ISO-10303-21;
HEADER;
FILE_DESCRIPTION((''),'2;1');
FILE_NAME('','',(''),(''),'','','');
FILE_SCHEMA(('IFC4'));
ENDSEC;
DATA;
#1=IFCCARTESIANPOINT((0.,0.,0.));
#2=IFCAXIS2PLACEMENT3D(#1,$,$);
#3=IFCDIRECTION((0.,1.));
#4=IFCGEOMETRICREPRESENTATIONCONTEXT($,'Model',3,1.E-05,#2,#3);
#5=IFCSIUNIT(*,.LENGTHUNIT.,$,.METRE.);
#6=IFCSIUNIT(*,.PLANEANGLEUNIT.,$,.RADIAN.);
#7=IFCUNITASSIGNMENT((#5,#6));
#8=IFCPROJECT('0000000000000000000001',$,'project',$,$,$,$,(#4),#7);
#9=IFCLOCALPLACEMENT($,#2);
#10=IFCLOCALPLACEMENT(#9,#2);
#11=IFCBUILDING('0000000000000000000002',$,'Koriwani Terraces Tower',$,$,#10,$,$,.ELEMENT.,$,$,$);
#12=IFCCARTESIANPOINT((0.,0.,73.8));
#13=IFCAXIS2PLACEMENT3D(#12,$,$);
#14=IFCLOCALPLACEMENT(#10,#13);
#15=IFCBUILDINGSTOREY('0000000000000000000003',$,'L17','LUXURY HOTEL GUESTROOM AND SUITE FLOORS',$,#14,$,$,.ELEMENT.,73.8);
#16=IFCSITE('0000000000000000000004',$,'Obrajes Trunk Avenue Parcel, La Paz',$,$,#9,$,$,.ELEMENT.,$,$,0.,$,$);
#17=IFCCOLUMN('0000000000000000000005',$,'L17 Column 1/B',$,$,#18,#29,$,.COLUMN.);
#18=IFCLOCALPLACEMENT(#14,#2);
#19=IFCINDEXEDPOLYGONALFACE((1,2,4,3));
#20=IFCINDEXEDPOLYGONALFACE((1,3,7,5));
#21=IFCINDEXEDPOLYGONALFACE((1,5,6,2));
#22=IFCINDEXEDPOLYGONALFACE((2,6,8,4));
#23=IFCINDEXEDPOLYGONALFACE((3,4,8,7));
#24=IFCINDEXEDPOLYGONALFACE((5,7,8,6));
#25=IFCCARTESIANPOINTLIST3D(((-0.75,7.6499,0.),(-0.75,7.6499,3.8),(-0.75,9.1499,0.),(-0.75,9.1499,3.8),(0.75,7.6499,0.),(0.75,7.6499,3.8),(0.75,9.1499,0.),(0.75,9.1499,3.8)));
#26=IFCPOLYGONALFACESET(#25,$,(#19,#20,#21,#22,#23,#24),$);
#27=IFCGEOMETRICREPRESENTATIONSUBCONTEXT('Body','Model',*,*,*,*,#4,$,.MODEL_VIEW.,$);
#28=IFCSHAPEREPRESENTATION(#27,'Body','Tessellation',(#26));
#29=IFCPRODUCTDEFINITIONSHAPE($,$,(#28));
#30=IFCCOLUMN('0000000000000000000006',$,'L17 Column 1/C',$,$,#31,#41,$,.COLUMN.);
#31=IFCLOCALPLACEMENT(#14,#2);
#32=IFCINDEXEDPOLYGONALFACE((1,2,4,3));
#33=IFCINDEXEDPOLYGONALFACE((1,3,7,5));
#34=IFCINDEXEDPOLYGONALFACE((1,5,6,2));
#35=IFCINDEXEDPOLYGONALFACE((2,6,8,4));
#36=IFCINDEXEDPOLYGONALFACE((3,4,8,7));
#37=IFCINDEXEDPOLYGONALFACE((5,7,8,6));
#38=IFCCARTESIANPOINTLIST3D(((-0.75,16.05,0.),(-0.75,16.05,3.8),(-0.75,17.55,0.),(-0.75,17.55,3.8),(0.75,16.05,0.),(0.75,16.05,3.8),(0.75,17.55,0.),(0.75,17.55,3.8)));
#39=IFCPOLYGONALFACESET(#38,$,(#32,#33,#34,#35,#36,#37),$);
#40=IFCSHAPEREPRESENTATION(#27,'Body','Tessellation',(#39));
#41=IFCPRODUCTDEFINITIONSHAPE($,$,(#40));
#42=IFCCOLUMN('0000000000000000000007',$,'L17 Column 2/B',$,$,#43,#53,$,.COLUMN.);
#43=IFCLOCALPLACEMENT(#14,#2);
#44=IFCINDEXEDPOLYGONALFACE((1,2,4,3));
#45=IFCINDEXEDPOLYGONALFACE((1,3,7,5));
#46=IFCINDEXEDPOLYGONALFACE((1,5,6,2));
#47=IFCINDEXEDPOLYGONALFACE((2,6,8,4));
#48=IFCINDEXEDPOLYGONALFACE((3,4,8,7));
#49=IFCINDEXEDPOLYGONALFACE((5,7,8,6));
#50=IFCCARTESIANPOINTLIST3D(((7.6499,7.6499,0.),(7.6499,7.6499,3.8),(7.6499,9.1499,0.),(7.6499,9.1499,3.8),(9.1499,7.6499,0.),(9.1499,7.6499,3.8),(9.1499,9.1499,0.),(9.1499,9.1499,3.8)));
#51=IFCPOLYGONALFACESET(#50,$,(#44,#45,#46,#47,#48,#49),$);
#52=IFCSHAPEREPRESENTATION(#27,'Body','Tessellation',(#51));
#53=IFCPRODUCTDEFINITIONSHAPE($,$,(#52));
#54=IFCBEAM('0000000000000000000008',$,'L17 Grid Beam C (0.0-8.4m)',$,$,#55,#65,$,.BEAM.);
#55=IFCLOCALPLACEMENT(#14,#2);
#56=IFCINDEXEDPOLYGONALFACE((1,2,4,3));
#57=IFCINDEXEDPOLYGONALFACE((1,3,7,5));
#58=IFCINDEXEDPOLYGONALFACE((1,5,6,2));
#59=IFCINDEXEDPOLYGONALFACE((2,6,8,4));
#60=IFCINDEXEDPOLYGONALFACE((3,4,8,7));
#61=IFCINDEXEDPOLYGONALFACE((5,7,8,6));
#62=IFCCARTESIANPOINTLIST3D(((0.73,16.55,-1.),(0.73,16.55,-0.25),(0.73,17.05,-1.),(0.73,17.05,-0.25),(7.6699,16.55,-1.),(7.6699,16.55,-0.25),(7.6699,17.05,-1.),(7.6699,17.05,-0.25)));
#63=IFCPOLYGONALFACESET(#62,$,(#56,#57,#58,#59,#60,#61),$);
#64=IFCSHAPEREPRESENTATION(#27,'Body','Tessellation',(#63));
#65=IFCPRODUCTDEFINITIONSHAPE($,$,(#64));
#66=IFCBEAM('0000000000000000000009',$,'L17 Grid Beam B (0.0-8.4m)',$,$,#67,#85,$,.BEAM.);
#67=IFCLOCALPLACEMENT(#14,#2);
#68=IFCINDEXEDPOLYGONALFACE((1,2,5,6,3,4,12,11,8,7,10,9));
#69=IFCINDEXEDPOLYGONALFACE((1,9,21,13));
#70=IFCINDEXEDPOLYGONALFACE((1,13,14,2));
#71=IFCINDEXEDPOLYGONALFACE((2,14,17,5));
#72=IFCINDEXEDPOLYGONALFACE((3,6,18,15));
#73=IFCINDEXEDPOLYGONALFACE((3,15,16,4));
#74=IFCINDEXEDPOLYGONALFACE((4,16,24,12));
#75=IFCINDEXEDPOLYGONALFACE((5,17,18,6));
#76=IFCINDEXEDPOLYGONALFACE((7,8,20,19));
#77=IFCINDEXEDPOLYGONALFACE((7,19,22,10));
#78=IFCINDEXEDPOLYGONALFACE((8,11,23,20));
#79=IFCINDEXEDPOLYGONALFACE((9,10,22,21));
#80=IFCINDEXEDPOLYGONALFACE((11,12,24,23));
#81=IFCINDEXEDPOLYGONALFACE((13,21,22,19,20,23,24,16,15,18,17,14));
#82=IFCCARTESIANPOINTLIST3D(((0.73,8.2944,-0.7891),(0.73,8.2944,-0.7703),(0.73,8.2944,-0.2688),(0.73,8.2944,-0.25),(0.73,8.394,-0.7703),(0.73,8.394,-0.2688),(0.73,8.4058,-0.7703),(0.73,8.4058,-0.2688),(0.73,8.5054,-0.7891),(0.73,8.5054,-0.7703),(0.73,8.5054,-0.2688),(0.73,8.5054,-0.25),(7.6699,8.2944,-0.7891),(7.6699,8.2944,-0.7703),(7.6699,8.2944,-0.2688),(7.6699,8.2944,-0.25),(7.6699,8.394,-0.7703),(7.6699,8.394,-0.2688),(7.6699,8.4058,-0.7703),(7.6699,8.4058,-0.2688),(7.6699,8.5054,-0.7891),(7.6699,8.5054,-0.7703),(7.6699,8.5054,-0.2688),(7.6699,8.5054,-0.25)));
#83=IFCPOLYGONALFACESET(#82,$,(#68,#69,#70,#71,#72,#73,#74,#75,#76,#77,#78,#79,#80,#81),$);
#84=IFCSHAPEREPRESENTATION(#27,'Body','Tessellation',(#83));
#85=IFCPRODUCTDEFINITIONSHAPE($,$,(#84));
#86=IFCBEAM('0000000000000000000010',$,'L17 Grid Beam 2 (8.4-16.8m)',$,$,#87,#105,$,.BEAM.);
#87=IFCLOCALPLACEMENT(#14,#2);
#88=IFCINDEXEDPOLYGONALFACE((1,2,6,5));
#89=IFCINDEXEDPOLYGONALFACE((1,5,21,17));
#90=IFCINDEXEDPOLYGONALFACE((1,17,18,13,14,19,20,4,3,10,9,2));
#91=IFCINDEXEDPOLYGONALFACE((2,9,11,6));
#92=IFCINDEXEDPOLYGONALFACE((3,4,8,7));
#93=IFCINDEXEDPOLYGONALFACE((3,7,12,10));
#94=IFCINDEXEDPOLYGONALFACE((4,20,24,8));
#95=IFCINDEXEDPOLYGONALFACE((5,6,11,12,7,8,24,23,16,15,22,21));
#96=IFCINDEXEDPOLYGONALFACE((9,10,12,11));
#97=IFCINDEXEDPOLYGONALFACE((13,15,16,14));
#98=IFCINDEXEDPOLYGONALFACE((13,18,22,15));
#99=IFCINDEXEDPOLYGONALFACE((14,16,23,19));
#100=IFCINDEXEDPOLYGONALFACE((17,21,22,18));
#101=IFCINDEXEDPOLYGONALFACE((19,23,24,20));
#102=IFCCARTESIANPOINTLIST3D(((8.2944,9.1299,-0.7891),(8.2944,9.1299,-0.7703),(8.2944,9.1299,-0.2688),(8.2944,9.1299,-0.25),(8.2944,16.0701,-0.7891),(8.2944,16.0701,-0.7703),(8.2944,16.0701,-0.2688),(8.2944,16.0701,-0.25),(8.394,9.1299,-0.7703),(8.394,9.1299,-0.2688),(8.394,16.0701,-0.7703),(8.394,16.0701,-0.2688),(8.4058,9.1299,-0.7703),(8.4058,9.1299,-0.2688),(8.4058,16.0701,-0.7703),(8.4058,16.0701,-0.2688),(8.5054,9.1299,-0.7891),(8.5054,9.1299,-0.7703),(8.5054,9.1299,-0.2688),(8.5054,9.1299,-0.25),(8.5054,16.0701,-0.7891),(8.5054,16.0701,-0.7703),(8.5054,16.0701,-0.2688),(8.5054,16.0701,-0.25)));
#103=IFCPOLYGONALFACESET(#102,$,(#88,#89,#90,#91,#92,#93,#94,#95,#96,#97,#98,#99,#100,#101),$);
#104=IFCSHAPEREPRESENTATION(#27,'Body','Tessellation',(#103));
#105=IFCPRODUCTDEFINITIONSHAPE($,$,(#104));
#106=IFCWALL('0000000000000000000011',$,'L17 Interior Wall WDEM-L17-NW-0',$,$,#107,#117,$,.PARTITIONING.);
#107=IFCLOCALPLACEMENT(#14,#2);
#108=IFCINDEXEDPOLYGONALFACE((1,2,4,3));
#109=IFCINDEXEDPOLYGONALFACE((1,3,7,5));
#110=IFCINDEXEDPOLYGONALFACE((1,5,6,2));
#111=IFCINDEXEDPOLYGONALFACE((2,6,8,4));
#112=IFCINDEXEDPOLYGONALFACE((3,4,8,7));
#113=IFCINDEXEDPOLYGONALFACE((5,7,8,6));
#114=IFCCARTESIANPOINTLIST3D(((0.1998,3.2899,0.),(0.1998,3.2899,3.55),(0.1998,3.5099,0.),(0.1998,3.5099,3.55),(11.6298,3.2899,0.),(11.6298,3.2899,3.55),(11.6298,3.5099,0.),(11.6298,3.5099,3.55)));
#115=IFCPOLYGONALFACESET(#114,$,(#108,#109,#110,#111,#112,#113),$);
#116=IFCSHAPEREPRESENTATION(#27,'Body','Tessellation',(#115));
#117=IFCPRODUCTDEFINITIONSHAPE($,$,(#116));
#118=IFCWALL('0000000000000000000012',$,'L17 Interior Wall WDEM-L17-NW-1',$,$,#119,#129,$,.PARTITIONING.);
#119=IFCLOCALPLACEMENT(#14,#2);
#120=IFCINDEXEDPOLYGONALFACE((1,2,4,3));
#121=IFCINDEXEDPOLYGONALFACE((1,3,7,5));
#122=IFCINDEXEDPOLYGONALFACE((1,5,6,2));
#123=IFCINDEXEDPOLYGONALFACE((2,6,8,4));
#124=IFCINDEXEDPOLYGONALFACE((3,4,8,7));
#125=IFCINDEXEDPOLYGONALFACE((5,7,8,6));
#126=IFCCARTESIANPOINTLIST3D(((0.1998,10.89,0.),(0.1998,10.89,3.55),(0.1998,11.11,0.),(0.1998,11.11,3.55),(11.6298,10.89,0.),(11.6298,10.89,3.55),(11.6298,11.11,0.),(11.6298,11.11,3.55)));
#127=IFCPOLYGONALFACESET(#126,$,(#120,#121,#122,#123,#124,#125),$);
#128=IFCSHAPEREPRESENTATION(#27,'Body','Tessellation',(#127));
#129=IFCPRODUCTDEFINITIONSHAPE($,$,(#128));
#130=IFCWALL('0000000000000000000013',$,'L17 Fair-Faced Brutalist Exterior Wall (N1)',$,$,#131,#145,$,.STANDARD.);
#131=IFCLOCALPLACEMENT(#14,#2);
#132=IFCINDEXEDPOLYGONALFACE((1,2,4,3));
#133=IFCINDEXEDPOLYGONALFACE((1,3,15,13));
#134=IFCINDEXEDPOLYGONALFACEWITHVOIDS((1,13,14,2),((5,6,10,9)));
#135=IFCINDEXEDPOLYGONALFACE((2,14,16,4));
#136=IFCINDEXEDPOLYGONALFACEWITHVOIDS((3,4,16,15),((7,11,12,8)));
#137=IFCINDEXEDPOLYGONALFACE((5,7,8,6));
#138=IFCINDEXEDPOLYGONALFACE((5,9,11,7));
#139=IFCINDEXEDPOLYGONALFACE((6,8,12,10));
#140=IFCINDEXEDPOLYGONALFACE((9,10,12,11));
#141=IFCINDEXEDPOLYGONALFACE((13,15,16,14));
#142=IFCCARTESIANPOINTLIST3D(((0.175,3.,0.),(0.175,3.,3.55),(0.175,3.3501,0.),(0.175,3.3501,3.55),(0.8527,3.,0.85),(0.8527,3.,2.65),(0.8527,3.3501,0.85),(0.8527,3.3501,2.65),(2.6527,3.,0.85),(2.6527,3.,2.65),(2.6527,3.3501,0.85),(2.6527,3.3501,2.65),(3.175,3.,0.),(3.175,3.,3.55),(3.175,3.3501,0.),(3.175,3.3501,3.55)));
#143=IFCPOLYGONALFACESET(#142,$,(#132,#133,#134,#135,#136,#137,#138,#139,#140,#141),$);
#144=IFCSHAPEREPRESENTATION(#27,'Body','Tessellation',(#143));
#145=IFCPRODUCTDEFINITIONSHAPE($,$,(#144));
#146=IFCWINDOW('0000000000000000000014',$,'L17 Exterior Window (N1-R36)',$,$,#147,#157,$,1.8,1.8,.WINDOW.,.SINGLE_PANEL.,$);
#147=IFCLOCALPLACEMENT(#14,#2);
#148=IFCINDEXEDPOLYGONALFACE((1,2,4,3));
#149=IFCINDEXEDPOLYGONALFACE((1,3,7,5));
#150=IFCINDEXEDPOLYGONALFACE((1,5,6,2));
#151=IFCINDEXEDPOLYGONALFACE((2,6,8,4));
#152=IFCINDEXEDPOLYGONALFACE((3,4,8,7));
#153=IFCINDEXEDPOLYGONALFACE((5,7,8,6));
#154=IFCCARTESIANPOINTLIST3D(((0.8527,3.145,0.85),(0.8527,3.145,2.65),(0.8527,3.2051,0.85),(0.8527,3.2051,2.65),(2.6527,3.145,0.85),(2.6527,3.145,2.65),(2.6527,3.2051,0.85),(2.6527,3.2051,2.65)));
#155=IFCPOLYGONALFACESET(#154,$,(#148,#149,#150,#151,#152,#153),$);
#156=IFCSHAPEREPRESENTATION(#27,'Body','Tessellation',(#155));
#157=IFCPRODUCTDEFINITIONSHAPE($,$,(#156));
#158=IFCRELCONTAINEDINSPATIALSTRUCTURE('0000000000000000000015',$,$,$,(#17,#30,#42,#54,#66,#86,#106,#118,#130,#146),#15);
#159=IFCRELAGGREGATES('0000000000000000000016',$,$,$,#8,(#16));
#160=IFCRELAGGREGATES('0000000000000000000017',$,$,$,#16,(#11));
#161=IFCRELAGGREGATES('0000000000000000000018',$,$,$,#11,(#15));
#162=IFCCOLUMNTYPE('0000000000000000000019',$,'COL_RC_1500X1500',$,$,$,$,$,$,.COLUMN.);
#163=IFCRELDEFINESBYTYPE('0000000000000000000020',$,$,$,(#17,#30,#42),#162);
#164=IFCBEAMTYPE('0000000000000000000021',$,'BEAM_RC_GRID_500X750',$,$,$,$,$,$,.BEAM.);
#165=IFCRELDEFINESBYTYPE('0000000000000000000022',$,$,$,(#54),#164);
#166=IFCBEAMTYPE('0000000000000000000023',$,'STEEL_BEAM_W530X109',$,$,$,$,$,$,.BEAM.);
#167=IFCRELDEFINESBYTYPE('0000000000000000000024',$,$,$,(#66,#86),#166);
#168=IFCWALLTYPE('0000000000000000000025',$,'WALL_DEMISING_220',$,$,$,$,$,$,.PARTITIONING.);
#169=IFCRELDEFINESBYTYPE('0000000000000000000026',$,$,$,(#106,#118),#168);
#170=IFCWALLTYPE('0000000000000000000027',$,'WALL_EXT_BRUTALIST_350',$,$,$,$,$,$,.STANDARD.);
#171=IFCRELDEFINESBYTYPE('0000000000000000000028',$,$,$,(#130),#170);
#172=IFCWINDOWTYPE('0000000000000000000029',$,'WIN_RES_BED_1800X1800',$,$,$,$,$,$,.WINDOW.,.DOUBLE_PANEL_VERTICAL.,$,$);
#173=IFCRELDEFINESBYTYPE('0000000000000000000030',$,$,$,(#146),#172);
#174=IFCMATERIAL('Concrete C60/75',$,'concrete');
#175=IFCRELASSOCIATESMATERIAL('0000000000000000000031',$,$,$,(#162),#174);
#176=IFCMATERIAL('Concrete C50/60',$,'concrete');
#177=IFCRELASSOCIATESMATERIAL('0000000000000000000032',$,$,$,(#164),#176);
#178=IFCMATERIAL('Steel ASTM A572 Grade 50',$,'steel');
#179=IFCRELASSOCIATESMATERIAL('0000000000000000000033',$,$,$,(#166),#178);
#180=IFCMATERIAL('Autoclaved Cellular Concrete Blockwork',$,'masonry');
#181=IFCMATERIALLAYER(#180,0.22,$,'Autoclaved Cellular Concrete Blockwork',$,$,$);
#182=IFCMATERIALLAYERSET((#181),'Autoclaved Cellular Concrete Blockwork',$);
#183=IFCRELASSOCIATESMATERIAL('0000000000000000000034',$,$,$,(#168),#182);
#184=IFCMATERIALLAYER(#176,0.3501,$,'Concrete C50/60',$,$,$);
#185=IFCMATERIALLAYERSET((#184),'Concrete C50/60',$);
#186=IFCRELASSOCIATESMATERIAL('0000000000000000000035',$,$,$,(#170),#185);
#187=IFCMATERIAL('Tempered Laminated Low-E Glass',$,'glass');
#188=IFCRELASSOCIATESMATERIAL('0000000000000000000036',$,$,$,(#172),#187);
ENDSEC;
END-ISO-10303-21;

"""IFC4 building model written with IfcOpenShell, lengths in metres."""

from ifc_helpers import new_model, si_unit, direction, frame, frame_2d, origin, origin_2d, place, context, subcontext, project, spatial, rectangle, i_section, extrude, material, layer, layer_set, material_profile, profile_set, type_object, element, fill, save


model = new_model("IFC4")

# Units and contexts
model_context = context("Model", 3, precision=1e-05, world=origin(), true_north=direction((0.0, 1.0)))
body_context = subcontext(model_context, "Body", "Model", "MODEL_VIEW")
ifc_project = project(units=[si_unit("LENGTHUNIT", "METRE"), si_unit("PLANEANGLEUNIT", "RADIAN")], contexts=[model_context])

# Site, building, storey
site_placement = place(None, origin())
site = spatial("IfcSite", under=ifc_project, at=site_placement, Name="Obrajes Trunk Avenue Parcel, La Paz", CompositionType="ELEMENT", RefElevation=0.0)
building_placement = place(site_placement, origin())
building = spatial("IfcBuilding", under=site, at=building_placement, Name="Koriwani Terraces Tower", CompositionType="ELEMENT")
storey_placement = place(building_placement, frame((0.0, 0.0, 73.8)))
storey = spatial("IfcBuildingStorey", under=building, at=storey_placement, Name="L17", Description="LUXURY HOTEL GUESTROOM AND SUITE FLOORS", CompositionType="ELEMENT", Elevation=73.8)

# Columns
ifc_material_1 = material(Name="Concrete C60/75", Category="concrete")
ifc_material_profile_1 = material_profile(ifc_material_1, rectangle(XDim=1.5, YDim=1.5, at=origin_2d()), Name="Concrete C60/75", Category="LoadBearing")
ifc_profile_set_1 = profile_set([ifc_material_profile_1], Name="Concrete C60/75")
column_type = type_object("IfcColumnType", Name="COL_RC_1500X1500", PredefinedType="COLUMN", material=ifc_profile_set_1)
for number, where, z_axis, x_axis, name in (
    (1, (0.0, 8.3999, 0.0), (0.0, 0.0, 1.0), (1.0, 0.0, 0.0), "L17 Column 1/B"),
    (2, (0.0, 16.8, 0.0), (0.0, 0.0, 1.0), (1.0, 0.0, 0.0), "L17 Column 1/C"),
    (3, (8.3999, 8.3999, 0.0), (0.0, 0.0, 1.0), (1.0, 0.0, 0.0), "L17 Column 2/B"),
):
    element("IfcColumn", number, at=place(storey_placement, frame(where, z_axis=z_axis, x_axis=x_axis)), inside=storey, type_object=column_type, Name=name, PredefinedType="COLUMN", context=body_context, shape_type="SweptSolid", body=[
        extrude(rectangle(XDim=1.5, YDim=1.5, at=origin_2d()), origin(), (0.0, 0.0, 1.0), 3.8),
    ])

# Beams
ifc_material_2 = material(Name="Concrete C50/60", Category="concrete")
ifc_material_profile_2 = material_profile(ifc_material_2, rectangle(XDim=0.5, YDim=0.75, at=origin_2d()), Name="Concrete C50/60", Category="LoadBearing")
ifc_profile_set_2 = profile_set([ifc_material_profile_2], Name="Concrete C50/60")
beam_type_1 = type_object("IfcBeamType", Name="BEAM_RC_GRID_500X750", PredefinedType="BEAM", material=ifc_profile_set_2)
beam_1_placement = place(storey_placement, frame((0.73, 16.8, -0.625), z_axis=(1.0, 0.0, 0.0), x_axis=(0.0, 1.0, 0.0)))
element("IfcBeam", 4, at=beam_1_placement, inside=storey, type_object=beam_type_1, Name="L17 Grid Beam C (0.0-8.4m)", PredefinedType="BEAM", context=body_context, shape_type="SweptSolid", body=[
    extrude(rectangle(XDim=0.5, YDim=0.75, at=origin_2d()), origin(), (0.0, 0.0, 1.0), 6.9399),
])
ifc_material_3 = material(Name="Steel ASTM A572 Grade 50", Category="steel")
ifc_material_profile_3 = material_profile(ifc_material_3, i_section(OverallWidth=0.2109, OverallDepth=0.5391, WebThickness=0.0117, FlangeThickness=0.0188, at=origin_2d()), Name="Steel ASTM A572 Grade 50", Category="LoadBearing")
ifc_profile_set_3 = profile_set([ifc_material_profile_3], Name="Steel ASTM A572 Grade 50")
beam_type_2 = type_object("IfcBeamType", Name="STEEL_BEAM_W530X109", PredefinedType="BEAM", material=ifc_profile_set_3)
beam_2_placement = place(storey_placement, frame((0.73, 8.3999, -0.5195), z_axis=(1.0, 0.0, 0.0), x_axis=(0.0, 1.0, 0.0)))
element("IfcBeam", 5, at=beam_2_placement, inside=storey, type_object=beam_type_2, Name="L17 Grid Beam B (0.0-8.4m)", PredefinedType="BEAM", context=body_context, shape_type="SweptSolid", body=[
    extrude(i_section(OverallWidth=0.2109, OverallDepth=0.5391, WebThickness=0.0117, FlangeThickness=0.0188, at=origin_2d()), origin(), (0.0, 0.0, 1.0), 6.9399),
])
beam_3_placement = place(storey_placement, frame((8.3999, 9.1299, -0.5195), z_axis=(0.0, 1.0, 0.0), x_axis=(-1.0, 0.0, 0.0)))
element("IfcBeam", 6, at=beam_3_placement, inside=storey, type_object=beam_type_2, Name="L17 Grid Beam 2 (8.4-16.8m)", PredefinedType="BEAM", context=body_context, shape_type="SweptSolid", body=[
    extrude(i_section(OverallWidth=0.2109, OverallDepth=0.5391, WebThickness=0.0117, FlangeThickness=0.0188, at=origin_2d()), origin(), (0.0, 0.0, 1.0), 6.9402),
])

# Walls
ifc_material_4 = material(Name="Autoclaved Cellular Concrete Blockwork", Category="masonry")
ifc_layer_1 = layer(ifc_material_4, 0.22, Name="Autoclaved Cellular Concrete Blockwork")
ifc_layer_set_1 = layer_set([ifc_layer_1], Name="Autoclaved Cellular Concrete Blockwork")
wall_type_1 = type_object("IfcWallType", Name="WALL_DEMISING_220", PredefinedType="PARTITIONING", material=ifc_layer_set_1)
for number, where, z_axis, x_axis, name in (
    (7, (0.2, 3.3999, 0.0), (0.0, 0.0, 1.0), (1.0, 0.0, 0.0), "L17 Interior Wall WDEM-L17-NW-0"),
    (8, (0.2, 11.0, 0.0), (0.0, 0.0, 1.0), (1.0, 0.0, 0.0), "L17 Interior Wall WDEM-L17-NW-1"),
):
    element("IfcWall", number, at=place(storey_placement, frame(where, z_axis=z_axis, x_axis=x_axis)), inside=storey, type_object=wall_type_1, Name=name, PredefinedType="PARTITIONING", context=body_context, shape_type="SweptSolid", body=[
        extrude(rectangle(XDim=11.4299, YDim=0.22, at=frame_2d((5.7148, 0.0))), origin(), (0.0, 0.0, 1.0), 3.55),
    ])

# Wall, opening, window
ifc_layer_2 = layer(ifc_material_2, 0.3501, Name="Concrete C50/60")
ifc_layer_set_2 = layer_set([ifc_layer_2], Name="Concrete C50/60")
wall_type_2 = type_object("IfcWallType", Name="WALL_EXT_BRUTALIST_350", PredefinedType="STANDARD", material=ifc_layer_set_2)
wall_1_placement = place(storey_placement, frame((3.175, 3.175, 0.0), z_axis=(0.0, 0.0, 1.0), x_axis=(-1.0, 0.0, 0.0)))
wall_1 = element("IfcWall", 9, at=wall_1_placement, inside=storey, type_object=wall_type_2, Name="L17 Fair-Faced Brutalist Exterior Wall (N1)", PredefinedType="STANDARD", context=body_context, shape_type="SweptSolid", body=[
    extrude(rectangle(XDim=3.0, YDim=0.3501, at=frame_2d((1.5, 0.0))), origin(), (0.0, 0.0, 1.0), 3.55),
])
opening_1_placement = place(wall_1_placement, frame((0.5225, 0.0, 0.8501)))
opening_1 = element("IfcOpeningElement", 10, at=opening_1_placement, cuts=wall_1, PredefinedType="OPENING", context=body_context, shape_type="SweptSolid", body=[
    extrude(rectangle(XDim=1.8, YDim=1.8, at=frame_2d((0.8999, 0.8999))), frame((0.0, 0.1851, 0.0), z_axis=(0.0, -1.0, 0.0), x_axis=(1.0, 0.0, 0.0)), (0.0, 0.0, 1.0), 0.3701),
])
ifc_material_5 = material(Name="Tempered Laminated Low-E Glass", Category="glass")
window_type_1 = type_object("IfcWindowType", Name="WIN_RES_BED_1800X1800", PartitioningType="DOUBLE_PANEL_VERTICAL", PredefinedType="WINDOW", material=ifc_material_5)
window_1_placement = place(opening_1_placement, origin())
window_1 = element("IfcWindow", 11, at=window_1_placement, inside=storey, type_object=window_type_1, Name="L17 Exterior Window (N1-R36)", OverallHeight=1.8, OverallWidth=1.8, PartitioningType="SINGLE_PANEL", PredefinedType="WINDOW", context=body_context, shape_type="SweptSolid", body=[
    extrude(rectangle(XDim=1.8, YDim=1.8, at=frame_2d((0.8999, 0.8999))), frame((0.0, 0.03, 0.0), z_axis=(0.0, -1.0, 0.0), x_axis=(1.0, 0.0, 0.0)), (0.0, 0.0, 1.0), 0.0601),
])
fill(opening_1, window_1)

save(model, "model.ifc")
